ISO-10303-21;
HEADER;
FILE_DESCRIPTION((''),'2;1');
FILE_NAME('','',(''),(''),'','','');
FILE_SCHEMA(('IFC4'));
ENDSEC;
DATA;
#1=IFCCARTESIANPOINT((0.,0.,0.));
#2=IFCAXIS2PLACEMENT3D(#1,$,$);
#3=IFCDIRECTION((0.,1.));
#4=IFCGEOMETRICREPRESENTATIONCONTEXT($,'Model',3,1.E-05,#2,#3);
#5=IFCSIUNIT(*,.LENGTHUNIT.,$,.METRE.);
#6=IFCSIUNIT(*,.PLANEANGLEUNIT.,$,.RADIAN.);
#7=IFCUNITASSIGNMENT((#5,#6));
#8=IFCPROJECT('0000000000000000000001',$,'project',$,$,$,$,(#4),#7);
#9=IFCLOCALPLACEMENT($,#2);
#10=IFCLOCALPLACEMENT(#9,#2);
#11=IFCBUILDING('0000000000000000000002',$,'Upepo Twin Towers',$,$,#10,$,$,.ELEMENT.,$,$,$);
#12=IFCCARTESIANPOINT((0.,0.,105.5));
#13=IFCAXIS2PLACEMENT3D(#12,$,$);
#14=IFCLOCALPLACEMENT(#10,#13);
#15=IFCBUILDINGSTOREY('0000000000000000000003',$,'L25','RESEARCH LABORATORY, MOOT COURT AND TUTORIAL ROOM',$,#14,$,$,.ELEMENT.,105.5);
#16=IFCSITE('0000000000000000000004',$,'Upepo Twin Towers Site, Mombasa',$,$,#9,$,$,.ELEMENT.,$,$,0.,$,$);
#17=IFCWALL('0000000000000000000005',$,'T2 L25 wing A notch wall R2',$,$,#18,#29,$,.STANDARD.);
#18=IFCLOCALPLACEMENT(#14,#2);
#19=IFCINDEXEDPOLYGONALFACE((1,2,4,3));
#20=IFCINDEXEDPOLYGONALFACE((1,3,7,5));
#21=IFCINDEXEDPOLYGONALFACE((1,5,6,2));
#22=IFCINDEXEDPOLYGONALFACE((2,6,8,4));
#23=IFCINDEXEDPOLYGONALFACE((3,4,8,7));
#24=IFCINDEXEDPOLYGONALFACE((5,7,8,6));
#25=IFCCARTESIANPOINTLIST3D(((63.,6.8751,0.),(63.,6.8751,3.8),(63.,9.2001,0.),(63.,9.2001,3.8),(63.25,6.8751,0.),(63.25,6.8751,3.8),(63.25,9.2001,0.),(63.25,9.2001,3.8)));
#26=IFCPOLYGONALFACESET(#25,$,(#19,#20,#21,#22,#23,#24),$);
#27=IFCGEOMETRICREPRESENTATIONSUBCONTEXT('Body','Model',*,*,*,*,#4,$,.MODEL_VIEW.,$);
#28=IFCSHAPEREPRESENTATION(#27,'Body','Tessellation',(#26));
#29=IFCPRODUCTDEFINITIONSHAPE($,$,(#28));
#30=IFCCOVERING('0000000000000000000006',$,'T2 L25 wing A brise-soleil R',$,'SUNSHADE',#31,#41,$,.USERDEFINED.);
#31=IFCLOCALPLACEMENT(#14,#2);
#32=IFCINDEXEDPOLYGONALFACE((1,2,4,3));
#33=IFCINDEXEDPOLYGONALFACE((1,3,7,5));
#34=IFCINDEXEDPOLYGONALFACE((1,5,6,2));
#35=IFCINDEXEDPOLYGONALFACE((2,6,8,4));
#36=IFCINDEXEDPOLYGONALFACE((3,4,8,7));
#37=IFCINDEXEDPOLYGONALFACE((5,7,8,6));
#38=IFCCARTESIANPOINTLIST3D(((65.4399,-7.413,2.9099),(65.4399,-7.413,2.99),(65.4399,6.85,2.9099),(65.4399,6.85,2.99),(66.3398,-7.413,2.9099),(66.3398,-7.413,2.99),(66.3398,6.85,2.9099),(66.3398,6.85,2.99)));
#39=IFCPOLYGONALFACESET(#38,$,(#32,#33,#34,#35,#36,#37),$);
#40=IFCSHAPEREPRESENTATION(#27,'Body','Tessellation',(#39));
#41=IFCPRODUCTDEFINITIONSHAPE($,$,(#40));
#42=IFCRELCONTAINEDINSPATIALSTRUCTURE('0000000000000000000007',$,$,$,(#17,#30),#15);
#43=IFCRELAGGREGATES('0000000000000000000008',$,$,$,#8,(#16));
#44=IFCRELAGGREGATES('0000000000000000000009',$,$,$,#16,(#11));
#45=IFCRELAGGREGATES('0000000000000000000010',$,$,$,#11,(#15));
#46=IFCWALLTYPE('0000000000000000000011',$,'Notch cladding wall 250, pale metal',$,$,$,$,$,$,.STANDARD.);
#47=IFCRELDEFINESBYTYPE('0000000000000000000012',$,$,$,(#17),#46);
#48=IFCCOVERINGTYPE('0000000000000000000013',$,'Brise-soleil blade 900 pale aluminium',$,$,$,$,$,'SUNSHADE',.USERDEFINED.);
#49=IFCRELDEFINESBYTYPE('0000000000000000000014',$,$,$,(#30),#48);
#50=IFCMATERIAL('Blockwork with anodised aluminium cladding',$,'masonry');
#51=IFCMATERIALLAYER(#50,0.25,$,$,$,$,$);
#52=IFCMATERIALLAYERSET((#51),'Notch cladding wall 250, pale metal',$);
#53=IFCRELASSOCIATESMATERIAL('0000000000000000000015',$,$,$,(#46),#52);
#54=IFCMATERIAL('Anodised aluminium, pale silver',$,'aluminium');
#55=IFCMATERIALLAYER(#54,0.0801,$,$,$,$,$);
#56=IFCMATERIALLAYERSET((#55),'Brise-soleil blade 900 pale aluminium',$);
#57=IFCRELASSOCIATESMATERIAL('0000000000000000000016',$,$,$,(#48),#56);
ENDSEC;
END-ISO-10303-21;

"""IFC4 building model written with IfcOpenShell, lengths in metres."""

from ifc_helpers import new_model, si_unit, direction, frame, frame_2d, origin, origin_2d, place, context, subcontext, project, spatial, rectangle, extrude, material, layer, layer_set, type_object, element, save


model = new_model("IFC4")

# Units and contexts
model_context = context("Model", 3, precision=1e-05, world=origin(), true_north=direction((0.0, 1.0)))
body_context = subcontext(model_context, "Body", "Model", "MODEL_VIEW")
ifc_project = project(units=[si_unit("LENGTHUNIT", "METRE"), si_unit("PLANEANGLEUNIT", "RADIAN")], contexts=[model_context])

# Site, building, storey
site_placement = place(None, origin())
site = spatial("IfcSite", under=ifc_project, at=site_placement, Name="Upepo Twin Towers Site, Mombasa", CompositionType="ELEMENT", RefElevation=0.0)
building_placement = place(site_placement, origin())
building = spatial("IfcBuilding", under=site, at=building_placement, Name="Upepo Twin Towers", CompositionType="ELEMENT")
storey_placement = place(building_placement, frame((0.0, 0.0, 105.5)))
storey = spatial("IfcBuildingStorey", under=building, at=storey_placement, Name="L25", Description="RESEARCH LABORATORY, MOOT COURT AND TUTORIAL ROOM", CompositionType="ELEMENT", Elevation=105.5)

# Wall
ifc_material_1 = material(Name="Blockwork with anodised aluminium cladding", Category="masonry")
ifc_layer_1 = layer(ifc_material_1, 0.25)
ifc_layer_set_1 = layer_set([ifc_layer_1], Name="Notch cladding wall 250, pale metal")
wall_type_1 = type_object("IfcWallType", Name="Notch cladding wall 250, pale metal", PredefinedType="STANDARD", material=ifc_layer_set_1)
for number, where, z_axis, x_axis, name in (
    (1, (63.125, 6.875, 0.0), (0.0, 0.0, 1.0), (0.0, 1.0, 0.0), "T2 L25 wing A notch wall R2"),
):
    element("IfcWall", number, at=place(storey_placement, frame(where, z_axis=z_axis, x_axis=x_axis)), inside=storey, type_object=wall_type_1, Name=name, PredefinedType="STANDARD", context=body_context, shape_type="SweptSolid", body=[
        extrude(rectangle(XDim=2.325, YDim=0.25, at=frame_2d((1.1626, 0.0))), origin(), (0.0, 0.0, 1.0), 3.8),
    ])

# Covering
ifc_material_2 = material(Name="Anodised aluminium, pale silver", Category="aluminium")
ifc_layer_2 = layer(ifc_material_2, 0.0801)
ifc_layer_set_2 = layer_set([ifc_layer_2], Name="Brise-soleil blade 900 pale aluminium")
covering_type = type_object("IfcCoveringType", Name="Brise-soleil blade 900 pale aluminium", ElementType="SUNSHADE", PredefinedType="USERDEFINED", material=ifc_layer_set_2)
covering_placement = place(storey_placement, frame((65.8899, -0.2815, 2.9099), z_axis=(0.0, 0.0, 1.0), x_axis=(0.0, 1.0, 0.0)))
element("IfcCovering", 2, at=covering_placement, inside=storey, type_object=covering_type, Name="T2 L25 wing A brise-soleil R", ObjectType="SUNSHADE", PredefinedType="USERDEFINED", context=body_context, shape_type="SweptSolid", body=[
    extrude(rectangle(XDim=14.2629, YDim=0.8999, at=origin_2d()), origin(), (0.0, 0.0, 1.0), 0.0801),
])

save(model, "model.ifc")
